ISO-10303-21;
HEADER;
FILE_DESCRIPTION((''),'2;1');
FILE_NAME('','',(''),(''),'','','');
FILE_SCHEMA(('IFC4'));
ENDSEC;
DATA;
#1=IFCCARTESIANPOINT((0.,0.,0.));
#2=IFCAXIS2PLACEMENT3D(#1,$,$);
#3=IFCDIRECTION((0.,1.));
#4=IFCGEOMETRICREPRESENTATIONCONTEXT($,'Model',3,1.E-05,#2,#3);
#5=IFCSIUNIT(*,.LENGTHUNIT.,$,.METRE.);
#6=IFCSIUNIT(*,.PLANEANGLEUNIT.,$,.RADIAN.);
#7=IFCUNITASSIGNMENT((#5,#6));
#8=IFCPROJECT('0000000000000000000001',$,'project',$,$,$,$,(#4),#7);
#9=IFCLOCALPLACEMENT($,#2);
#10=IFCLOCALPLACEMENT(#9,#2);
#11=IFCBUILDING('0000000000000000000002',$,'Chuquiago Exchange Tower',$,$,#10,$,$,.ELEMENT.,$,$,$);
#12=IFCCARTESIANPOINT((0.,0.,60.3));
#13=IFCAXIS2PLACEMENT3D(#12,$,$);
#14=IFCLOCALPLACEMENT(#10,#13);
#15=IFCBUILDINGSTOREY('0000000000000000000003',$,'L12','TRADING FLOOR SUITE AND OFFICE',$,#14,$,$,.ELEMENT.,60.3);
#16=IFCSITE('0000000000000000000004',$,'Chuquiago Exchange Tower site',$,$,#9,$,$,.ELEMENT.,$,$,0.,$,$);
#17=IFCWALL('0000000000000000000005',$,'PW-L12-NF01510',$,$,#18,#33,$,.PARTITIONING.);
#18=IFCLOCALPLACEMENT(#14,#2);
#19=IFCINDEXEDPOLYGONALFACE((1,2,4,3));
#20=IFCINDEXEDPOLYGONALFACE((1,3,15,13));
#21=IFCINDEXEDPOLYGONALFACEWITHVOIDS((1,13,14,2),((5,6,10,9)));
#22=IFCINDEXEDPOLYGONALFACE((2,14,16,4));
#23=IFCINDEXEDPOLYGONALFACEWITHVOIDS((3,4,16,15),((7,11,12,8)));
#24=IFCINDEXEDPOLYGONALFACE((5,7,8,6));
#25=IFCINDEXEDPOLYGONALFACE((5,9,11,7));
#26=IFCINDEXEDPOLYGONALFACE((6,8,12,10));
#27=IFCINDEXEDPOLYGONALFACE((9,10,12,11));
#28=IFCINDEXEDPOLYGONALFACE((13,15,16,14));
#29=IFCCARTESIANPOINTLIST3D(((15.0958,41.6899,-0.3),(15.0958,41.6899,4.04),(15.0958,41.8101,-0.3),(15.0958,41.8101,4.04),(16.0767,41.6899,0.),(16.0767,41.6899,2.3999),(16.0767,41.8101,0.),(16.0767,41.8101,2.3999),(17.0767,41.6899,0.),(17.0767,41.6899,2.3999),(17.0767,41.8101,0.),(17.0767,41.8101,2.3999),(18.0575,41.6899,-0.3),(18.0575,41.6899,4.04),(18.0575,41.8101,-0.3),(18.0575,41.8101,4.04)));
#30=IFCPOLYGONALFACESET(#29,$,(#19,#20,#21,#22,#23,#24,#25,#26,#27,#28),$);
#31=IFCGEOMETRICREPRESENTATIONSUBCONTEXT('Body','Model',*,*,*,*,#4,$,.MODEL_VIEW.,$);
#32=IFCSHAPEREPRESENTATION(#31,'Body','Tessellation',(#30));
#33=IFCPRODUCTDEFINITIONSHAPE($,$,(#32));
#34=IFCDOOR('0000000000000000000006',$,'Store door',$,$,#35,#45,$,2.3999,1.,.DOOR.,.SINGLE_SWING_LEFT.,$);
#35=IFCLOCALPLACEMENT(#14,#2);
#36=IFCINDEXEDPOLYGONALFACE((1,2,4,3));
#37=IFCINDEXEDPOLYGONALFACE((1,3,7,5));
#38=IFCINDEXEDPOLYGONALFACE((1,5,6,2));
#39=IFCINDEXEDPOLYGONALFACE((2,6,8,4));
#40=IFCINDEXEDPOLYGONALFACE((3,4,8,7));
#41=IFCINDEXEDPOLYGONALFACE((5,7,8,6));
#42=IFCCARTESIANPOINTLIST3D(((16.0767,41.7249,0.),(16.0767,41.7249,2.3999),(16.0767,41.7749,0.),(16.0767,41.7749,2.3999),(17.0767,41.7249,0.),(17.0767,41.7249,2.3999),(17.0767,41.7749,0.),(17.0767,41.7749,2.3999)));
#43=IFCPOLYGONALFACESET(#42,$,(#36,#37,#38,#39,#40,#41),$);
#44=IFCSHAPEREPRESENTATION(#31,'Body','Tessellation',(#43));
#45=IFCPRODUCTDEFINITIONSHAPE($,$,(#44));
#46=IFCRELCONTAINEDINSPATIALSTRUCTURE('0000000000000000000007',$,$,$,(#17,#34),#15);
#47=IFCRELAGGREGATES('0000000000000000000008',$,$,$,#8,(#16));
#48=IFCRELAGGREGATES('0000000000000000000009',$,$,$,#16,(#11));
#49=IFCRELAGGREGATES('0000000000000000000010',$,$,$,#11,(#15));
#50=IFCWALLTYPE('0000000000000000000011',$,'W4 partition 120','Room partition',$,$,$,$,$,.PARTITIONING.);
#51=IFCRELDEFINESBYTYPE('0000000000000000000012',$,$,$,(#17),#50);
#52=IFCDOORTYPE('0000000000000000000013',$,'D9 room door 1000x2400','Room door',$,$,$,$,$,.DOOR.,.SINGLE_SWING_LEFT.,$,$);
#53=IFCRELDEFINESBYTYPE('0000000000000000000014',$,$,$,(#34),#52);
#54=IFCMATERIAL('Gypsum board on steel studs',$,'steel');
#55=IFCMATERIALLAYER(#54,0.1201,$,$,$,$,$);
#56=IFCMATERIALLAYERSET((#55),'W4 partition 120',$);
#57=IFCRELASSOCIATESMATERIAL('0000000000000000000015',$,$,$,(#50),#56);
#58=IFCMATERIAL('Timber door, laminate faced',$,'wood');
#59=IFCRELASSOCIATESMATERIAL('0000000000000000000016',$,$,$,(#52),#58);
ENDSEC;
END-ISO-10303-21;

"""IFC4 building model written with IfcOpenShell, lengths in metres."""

from ifc_helpers import new_model, si_unit, direction, frame, frame_2d, origin, place, context, subcontext, project, spatial, rectangle, extrude, material, layer, layer_set, type_object, element, fill, save


model = new_model("IFC4")

# Units and contexts
model_context = context("Model", 3, precision=1e-05, world=origin(), true_north=direction((0.0, 1.0)))
body_context = subcontext(model_context, "Body", "Model", "MODEL_VIEW")
ifc_project = project(units=[si_unit("LENGTHUNIT", "METRE"), si_unit("PLANEANGLEUNIT", "RADIAN")], contexts=[model_context])

# Site, building, storey
site_placement = place(None, origin())
site = spatial("IfcSite", under=ifc_project, at=site_placement, Name="Chuquiago Exchange Tower site", CompositionType="ELEMENT", RefElevation=0.0)
building_placement = place(site_placement, origin())
building = spatial("IfcBuilding", under=site, at=building_placement, Name="Chuquiago Exchange Tower", CompositionType="ELEMENT")
storey_placement = place(building_placement, frame((0.0, 0.0, 60.3)))
storey = spatial("IfcBuildingStorey", under=building, at=storey_placement, Name="L12", Description="TRADING FLOOR SUITE AND OFFICE", CompositionType="ELEMENT", Elevation=60.3)

# Shared definitions
ifc_material_1 = material(Name="Gypsum board on steel studs", Category="steel")
ifc_layer_1 = layer(ifc_material_1, 0.1201)
ifc_layer_set_1 = layer_set([ifc_layer_1], Name="W4 partition 120")
wall_type_1 = type_object("IfcWallType", Name="W4 partition 120", Description="Room partition", PredefinedType="PARTITIONING", material=ifc_layer_set_1)

# Wall, opening, door
ifc_material_2 = material(Name="Timber door, laminate faced", Category="wood")
door_type_1 = type_object("IfcDoorType", Name="D9 room door 1000x2400", Description="Room door", OperationType="SINGLE_SWING_LEFT", PredefinedType="DOOR", material=ifc_material_2)
wall_1_placement = place(storey_placement, frame((15.0957, 41.75, -0.3), z_axis=(0.0, 0.0, 1.0), x_axis=(1.0, 0.0, 0.0)))
wall_1 = element("IfcWall", 1, at=wall_1_placement, inside=storey, type_object=wall_type_1, Name="PW-L12-NF01510", PredefinedType="PARTITIONING", context=body_context, shape_type="SweptSolid", body=[
    extrude(rectangle(XDim=2.9617, YDim=0.1201, at=frame_2d((1.481, 0.0))), origin(), (0.0, 0.0, 1.0), 4.3401),
])
opening_1_placement = place(wall_1_placement, frame((0.981, 0.0, 0.3)))
opening_1 = element("IfcOpeningElement", 2, at=opening_1_placement, cuts=wall_1, PredefinedType="OPENING", context=body_context, shape_type="SweptSolid", body=[
    extrude(rectangle(XDim=1.0, YDim=2.3999, at=frame_2d((0.5, 1.2))), frame((0.0, 0.0701, 0.0), z_axis=(0.0, -1.0, 0.0), x_axis=(1.0, 0.0, 0.0)), (0.0, 0.0, 1.0), 0.1401),
])
door_1_placement = place(opening_1_placement, origin())
door_1 = element("IfcDoor", 3, at=door_1_placement, inside=storey, type_object=door_type_1, Name="Store door", OperationType="SINGLE_SWING_LEFT", OverallHeight=2.3999, OverallWidth=1.0, PredefinedType="DOOR", context=body_context, shape_type="SweptSolid", body=[
    extrude(rectangle(XDim=1.0, YDim=2.3999, at=frame_2d((0.5, 1.2))), frame((0.0, 0.0249, 0.0), z_axis=(0.0, -1.0, 0.0), x_axis=(1.0, 0.0, 0.0)), (0.0, 0.0, 1.0), 0.05),
])
fill(opening_1, door_1)

save(model, "model.ifc")
